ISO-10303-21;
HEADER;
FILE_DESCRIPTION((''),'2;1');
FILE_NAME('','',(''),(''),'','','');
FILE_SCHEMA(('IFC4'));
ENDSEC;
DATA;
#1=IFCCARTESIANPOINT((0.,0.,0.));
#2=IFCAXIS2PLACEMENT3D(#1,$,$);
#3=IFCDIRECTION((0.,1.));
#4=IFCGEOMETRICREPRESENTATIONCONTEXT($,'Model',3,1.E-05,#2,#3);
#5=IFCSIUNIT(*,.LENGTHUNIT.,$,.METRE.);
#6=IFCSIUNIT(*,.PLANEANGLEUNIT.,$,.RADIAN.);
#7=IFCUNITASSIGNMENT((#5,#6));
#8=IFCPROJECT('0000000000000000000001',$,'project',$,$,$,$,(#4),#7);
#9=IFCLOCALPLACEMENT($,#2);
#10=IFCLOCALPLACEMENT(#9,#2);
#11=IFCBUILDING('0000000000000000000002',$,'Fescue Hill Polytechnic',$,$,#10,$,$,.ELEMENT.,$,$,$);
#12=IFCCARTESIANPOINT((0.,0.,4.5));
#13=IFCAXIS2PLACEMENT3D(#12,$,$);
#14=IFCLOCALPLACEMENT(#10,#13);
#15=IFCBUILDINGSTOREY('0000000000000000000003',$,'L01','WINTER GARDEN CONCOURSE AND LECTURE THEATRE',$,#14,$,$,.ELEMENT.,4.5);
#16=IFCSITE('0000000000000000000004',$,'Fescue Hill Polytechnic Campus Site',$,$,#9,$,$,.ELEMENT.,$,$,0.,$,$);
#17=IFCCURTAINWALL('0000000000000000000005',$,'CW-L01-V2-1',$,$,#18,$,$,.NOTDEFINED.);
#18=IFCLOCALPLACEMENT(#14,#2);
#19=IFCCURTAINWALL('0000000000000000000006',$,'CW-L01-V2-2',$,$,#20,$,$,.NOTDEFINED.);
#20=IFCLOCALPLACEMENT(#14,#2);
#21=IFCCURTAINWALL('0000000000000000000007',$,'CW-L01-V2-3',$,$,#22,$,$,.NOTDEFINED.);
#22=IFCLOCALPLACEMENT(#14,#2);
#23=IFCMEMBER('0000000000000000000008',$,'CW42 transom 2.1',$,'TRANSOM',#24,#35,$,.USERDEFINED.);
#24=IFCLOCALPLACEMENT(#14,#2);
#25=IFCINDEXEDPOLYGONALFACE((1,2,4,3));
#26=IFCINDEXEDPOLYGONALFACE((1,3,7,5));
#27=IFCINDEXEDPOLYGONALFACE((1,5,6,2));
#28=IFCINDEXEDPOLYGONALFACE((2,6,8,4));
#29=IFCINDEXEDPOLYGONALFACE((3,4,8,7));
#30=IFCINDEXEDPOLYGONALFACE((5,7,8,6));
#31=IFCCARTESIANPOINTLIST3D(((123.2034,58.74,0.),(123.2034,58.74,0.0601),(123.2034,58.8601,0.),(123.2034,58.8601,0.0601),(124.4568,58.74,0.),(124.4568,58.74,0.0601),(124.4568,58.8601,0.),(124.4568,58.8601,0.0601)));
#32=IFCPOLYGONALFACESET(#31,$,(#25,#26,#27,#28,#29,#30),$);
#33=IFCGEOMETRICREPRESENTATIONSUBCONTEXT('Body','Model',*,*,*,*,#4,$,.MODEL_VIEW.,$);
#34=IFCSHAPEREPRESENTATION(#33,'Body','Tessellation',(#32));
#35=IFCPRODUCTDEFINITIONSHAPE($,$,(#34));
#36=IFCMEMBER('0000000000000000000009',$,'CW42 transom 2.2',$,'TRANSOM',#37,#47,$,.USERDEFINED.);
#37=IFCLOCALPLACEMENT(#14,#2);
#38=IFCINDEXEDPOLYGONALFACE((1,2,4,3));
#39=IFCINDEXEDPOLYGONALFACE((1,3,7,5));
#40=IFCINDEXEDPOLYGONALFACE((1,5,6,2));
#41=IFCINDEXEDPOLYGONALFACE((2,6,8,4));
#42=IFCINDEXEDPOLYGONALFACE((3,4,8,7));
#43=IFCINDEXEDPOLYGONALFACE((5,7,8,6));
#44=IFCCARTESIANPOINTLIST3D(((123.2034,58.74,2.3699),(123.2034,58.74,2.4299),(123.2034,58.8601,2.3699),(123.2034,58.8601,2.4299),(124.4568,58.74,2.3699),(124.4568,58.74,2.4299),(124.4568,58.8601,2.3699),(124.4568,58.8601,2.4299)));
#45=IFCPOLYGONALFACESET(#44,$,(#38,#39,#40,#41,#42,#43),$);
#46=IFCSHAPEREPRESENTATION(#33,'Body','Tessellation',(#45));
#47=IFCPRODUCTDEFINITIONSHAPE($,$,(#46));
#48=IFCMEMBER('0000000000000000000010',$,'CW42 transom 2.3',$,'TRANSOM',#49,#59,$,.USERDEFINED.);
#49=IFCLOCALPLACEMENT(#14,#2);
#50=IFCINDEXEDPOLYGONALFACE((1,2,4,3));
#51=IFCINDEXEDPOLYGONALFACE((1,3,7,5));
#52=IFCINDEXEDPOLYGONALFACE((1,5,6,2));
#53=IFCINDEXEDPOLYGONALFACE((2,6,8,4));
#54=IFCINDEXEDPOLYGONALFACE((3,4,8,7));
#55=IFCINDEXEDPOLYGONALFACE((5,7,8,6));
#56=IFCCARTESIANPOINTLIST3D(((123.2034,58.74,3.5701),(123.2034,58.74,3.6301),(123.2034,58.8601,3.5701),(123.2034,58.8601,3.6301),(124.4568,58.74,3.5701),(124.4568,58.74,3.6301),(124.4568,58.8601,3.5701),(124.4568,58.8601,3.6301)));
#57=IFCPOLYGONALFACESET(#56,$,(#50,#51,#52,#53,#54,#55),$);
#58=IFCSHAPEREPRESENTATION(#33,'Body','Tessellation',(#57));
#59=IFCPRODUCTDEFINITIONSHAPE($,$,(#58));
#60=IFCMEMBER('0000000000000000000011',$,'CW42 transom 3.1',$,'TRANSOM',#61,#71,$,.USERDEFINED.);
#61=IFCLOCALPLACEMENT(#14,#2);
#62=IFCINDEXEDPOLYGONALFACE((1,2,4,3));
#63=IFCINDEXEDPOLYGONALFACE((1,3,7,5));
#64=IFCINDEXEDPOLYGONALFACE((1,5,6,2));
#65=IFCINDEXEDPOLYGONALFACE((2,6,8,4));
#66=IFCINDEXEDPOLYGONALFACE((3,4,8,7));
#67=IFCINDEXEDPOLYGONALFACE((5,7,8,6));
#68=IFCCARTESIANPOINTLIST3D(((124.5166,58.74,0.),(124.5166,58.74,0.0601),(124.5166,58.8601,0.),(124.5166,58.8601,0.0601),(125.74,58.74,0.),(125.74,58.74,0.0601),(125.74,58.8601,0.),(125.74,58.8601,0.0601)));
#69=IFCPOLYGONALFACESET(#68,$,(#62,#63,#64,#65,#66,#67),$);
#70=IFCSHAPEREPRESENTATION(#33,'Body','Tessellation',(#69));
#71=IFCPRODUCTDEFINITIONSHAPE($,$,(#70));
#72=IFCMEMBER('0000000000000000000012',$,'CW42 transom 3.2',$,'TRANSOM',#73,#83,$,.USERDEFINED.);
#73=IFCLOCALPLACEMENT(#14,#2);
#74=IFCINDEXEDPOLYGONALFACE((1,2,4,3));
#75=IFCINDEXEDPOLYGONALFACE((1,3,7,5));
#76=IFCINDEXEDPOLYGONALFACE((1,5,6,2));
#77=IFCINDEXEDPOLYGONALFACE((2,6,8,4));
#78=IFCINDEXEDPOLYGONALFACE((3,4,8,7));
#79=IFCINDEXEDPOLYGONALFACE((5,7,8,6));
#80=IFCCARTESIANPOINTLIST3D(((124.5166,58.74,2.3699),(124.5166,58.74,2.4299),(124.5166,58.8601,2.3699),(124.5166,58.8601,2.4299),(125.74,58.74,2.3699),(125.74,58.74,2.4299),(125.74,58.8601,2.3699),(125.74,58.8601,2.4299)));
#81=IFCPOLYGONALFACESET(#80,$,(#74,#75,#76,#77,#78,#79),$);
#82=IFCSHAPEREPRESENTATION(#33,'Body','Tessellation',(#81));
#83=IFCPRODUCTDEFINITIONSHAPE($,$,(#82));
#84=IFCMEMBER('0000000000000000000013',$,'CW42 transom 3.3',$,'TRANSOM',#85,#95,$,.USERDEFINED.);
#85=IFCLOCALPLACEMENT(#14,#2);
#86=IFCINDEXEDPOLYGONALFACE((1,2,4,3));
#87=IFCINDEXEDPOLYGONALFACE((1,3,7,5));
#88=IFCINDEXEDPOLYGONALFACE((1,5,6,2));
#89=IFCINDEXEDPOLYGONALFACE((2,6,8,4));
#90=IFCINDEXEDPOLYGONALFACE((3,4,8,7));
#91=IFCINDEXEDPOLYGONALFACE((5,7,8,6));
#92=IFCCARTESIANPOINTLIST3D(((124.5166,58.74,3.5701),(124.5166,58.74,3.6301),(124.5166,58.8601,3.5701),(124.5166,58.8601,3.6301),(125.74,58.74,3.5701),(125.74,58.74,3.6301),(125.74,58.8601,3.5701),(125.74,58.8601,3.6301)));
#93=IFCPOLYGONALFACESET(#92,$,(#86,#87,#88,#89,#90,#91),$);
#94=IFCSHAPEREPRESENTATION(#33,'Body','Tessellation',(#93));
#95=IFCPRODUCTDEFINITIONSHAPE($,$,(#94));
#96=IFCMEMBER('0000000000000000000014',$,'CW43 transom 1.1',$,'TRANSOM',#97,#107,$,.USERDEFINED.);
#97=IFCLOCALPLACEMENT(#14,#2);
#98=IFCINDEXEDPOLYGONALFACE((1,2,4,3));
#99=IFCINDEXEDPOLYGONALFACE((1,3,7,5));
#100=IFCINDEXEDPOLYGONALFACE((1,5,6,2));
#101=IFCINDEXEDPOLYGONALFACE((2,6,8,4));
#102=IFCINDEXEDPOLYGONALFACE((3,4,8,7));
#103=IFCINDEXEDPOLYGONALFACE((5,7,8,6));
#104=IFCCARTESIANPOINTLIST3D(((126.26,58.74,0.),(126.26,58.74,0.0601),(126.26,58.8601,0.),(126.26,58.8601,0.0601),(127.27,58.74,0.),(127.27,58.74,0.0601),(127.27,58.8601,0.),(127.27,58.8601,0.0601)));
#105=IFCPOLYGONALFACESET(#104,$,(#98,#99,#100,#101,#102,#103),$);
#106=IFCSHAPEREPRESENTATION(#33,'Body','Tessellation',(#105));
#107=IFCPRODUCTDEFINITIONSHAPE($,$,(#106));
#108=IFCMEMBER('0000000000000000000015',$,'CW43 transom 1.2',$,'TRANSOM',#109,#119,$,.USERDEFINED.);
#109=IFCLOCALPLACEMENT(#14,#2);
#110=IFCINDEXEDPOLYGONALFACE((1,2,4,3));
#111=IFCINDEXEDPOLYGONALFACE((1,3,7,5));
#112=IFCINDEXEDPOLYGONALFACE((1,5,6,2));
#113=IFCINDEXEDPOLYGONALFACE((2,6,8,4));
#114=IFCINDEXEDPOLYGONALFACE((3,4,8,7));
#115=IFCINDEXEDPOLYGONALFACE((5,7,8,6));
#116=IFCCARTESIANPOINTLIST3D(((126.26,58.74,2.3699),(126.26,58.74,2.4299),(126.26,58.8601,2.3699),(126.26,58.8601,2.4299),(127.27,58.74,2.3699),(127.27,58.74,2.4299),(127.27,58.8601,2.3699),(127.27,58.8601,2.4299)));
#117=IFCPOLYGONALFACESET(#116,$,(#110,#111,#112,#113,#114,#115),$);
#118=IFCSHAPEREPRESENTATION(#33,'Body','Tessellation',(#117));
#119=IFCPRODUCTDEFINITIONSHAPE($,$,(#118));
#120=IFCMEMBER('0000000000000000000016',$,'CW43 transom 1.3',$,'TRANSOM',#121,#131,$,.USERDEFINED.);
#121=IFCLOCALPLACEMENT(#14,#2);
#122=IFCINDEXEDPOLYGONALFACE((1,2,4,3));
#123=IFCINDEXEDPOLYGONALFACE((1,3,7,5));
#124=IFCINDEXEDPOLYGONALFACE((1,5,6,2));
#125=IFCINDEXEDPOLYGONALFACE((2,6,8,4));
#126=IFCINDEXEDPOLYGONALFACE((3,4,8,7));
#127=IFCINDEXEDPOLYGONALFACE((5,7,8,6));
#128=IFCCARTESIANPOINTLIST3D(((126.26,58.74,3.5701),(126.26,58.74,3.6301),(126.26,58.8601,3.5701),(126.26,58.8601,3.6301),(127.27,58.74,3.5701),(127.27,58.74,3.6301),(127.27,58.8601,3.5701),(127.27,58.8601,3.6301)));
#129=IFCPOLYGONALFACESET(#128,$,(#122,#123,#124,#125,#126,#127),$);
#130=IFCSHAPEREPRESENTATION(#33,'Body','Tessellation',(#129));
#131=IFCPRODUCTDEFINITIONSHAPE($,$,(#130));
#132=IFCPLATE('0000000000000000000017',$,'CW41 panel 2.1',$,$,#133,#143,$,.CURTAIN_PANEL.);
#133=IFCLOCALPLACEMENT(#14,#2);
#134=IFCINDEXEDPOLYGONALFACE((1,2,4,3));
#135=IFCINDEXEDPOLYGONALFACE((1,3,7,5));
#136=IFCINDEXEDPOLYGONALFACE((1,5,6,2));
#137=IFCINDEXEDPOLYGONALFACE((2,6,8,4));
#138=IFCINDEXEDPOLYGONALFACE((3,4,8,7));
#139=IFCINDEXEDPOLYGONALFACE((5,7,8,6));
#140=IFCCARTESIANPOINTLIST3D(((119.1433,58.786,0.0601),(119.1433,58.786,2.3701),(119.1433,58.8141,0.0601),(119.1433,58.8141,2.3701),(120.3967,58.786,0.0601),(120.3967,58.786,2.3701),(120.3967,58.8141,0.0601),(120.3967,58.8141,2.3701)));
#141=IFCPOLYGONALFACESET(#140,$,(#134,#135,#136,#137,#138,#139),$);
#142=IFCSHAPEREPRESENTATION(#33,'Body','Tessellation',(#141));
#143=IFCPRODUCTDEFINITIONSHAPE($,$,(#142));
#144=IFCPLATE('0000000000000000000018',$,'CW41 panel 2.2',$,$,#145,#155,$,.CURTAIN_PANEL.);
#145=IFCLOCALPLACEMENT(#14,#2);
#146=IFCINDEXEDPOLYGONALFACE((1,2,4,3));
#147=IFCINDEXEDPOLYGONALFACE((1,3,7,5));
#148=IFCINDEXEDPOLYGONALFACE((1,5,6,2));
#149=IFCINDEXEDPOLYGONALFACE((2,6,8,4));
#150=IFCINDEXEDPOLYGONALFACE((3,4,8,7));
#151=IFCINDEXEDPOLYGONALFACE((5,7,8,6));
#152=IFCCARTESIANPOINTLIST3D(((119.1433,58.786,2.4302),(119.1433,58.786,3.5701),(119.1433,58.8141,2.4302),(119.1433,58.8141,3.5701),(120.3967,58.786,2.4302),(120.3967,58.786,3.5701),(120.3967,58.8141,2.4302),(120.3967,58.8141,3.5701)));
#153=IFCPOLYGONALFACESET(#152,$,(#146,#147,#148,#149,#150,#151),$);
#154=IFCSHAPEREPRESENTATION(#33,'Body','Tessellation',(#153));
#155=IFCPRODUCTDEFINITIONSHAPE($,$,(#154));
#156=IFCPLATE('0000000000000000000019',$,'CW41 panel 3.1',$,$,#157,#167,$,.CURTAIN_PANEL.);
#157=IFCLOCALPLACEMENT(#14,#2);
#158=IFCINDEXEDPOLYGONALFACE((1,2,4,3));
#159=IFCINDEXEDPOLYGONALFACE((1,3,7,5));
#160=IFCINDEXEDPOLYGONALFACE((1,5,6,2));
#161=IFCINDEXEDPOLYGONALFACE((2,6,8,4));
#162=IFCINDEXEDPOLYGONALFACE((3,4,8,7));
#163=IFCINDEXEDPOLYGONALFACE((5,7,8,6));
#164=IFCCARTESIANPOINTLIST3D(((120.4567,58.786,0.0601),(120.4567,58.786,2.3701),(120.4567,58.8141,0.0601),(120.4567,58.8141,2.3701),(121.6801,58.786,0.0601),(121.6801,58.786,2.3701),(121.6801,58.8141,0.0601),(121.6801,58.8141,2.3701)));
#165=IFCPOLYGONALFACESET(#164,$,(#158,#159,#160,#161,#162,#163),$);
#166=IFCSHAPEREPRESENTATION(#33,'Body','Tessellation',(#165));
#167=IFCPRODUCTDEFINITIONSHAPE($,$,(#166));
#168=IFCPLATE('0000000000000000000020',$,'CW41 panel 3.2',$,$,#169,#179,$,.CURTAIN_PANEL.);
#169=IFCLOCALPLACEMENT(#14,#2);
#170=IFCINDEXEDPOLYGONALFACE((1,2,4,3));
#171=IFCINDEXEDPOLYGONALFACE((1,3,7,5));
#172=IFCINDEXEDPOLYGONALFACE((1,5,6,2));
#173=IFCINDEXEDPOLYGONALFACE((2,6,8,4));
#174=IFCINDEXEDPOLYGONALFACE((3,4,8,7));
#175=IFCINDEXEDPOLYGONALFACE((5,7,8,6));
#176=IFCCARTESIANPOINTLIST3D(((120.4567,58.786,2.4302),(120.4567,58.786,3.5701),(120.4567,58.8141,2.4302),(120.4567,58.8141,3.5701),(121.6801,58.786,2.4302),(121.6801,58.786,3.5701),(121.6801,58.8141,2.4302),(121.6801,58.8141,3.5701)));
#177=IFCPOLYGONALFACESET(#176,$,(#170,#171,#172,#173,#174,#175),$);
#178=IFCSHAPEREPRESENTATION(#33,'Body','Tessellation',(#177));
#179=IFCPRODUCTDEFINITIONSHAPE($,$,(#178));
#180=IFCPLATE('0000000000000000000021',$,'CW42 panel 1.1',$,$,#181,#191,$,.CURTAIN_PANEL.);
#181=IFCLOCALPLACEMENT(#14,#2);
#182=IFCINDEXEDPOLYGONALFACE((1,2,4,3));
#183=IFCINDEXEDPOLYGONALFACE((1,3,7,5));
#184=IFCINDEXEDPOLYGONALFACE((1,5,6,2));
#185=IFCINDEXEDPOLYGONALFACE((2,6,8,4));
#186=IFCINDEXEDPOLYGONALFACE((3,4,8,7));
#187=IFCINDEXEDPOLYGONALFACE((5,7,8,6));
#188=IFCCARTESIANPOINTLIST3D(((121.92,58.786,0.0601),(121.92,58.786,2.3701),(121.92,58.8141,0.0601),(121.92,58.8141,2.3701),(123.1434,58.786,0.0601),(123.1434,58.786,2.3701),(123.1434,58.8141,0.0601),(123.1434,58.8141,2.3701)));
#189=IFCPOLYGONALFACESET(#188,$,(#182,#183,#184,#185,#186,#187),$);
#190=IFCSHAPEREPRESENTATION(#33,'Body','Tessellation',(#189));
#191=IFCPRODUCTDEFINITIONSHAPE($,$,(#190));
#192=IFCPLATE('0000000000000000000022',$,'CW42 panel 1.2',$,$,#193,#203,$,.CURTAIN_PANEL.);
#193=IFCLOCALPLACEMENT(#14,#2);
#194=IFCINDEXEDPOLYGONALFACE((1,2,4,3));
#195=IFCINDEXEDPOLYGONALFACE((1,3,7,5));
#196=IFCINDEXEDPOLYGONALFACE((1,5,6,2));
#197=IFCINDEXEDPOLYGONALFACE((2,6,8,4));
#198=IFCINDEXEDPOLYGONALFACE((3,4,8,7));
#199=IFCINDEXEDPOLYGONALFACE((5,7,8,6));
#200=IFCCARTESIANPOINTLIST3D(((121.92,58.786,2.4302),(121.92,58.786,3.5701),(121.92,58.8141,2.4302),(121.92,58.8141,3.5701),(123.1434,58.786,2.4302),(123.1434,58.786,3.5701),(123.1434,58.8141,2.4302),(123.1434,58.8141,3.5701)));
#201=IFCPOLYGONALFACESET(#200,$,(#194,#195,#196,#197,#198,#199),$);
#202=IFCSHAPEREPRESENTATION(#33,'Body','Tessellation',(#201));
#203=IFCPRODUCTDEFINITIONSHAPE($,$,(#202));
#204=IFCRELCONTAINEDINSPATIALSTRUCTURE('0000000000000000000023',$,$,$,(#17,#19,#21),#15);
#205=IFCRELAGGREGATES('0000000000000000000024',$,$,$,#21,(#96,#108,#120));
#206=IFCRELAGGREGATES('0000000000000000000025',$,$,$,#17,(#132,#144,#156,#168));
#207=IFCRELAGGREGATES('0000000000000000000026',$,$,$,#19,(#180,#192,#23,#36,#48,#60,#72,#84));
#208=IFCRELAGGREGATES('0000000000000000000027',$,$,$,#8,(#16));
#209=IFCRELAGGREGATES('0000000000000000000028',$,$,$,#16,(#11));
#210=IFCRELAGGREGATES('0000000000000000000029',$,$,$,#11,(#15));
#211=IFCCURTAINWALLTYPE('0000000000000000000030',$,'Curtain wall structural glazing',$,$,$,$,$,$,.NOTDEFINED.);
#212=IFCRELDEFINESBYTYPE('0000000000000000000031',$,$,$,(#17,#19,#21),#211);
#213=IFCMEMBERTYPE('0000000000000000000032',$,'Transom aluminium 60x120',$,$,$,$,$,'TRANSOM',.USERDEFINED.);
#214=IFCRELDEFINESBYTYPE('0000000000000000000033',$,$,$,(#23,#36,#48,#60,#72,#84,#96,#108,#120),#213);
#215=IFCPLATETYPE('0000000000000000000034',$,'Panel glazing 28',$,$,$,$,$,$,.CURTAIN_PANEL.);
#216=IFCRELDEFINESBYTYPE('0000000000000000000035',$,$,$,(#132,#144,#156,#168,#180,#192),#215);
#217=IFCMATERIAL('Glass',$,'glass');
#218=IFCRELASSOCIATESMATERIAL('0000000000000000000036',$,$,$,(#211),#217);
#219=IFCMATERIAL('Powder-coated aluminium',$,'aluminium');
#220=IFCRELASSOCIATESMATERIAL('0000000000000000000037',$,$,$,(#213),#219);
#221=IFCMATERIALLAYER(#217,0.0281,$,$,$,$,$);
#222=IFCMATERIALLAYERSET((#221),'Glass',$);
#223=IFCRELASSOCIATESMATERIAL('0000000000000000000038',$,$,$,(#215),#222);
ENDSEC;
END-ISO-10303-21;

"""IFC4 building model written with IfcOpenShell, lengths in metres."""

from ifc_helpers import new_model, si_unit, direction, frame, origin, origin_2d, place, context, subcontext, project, spatial, rectangle, extrude, material, layer, layer_set, material_profile, profile_set, type_object, element, aggregate, save


model = new_model("IFC4")

# Units and contexts
model_context = context("Model", 3, precision=1e-05, world=origin(), true_north=direction((0.0, 1.0)))
body_context = subcontext(model_context, "Body", "Model", "MODEL_VIEW")
ifc_project = project(units=[si_unit("LENGTHUNIT", "METRE"), si_unit("PLANEANGLEUNIT", "RADIAN")], contexts=[model_context])

# Site, building, storey
site_placement = place(None, origin())
site = spatial("IfcSite", under=ifc_project, at=site_placement, Name="Fescue Hill Polytechnic Campus Site", CompositionType="ELEMENT", RefElevation=0.0)
building_placement = place(site_placement, origin())
building = spatial("IfcBuilding", under=site, at=building_placement, Name="Fescue Hill Polytechnic", CompositionType="ELEMENT")
storey_placement = place(building_placement, frame((0.0, 0.0, 4.5)))
storey = spatial("IfcBuildingStorey", under=building, at=storey_placement, Name="L01", Description="WINTER GARDEN CONCOURSE AND LECTURE THEATRE", CompositionType="ELEMENT", Elevation=4.5)

# Curtain walls
ifc_material_1 = material(Name="Glass", Category="glass")
curtain_wall_type = type_object("IfcCurtainWallType", Name="Curtain wall structural glazing", PredefinedType="NOTDEFINED", material=ifc_material_1)
curtain_wall_1_placement = place(storey_placement, origin())
curtain_wall_1 = element("IfcCurtainWall", 1, at=curtain_wall_1_placement, inside=storey, type_object=curtain_wall_type, Name="CW-L01-V2-1", PredefinedType="NOTDEFINED")
ifc_material_2 = material(Name="Powder-coated aluminium", Category="aluminium")
curtain_wall_2_placement = place(storey_placement, origin())
curtain_wall_2 = element("IfcCurtainWall", 2, at=curtain_wall_2_placement, inside=storey, type_object=curtain_wall_type, Name="CW-L01-V2-2", PredefinedType="NOTDEFINED")

# Curtain wall
curtain_wall_3_placement = place(storey_placement, origin())
curtain_wall_3 = element("IfcCurtainWall", 3, at=curtain_wall_3_placement, inside=storey, type_object=curtain_wall_type, Name="CW-L01-V2-3", PredefinedType="NOTDEFINED")

# Members
ifc_material_profile_1 = material_profile(ifc_material_2, rectangle(XDim=0.1201, YDim=0.0601, at=origin_2d()), Name="Transom aluminium 60x120")
ifc_profile_set_1 = profile_set([ifc_material_profile_1], Name="Powder-coated aluminium")
member_type_1 = type_object("IfcMemberType", Name="Transom aluminium 60x120", ElementType="TRANSOM", PredefinedType="USERDEFINED", material=ifc_profile_set_1)
member_1_placement = place(storey_placement, frame((123.2034, 58.8, 0.03), z_axis=(1.0, 0.0, 0.0), x_axis=(0.0, 1.0, 0.0)))
member_1 = element("IfcMember", 4, at=member_1_placement, type_object=member_type_1, Name="CW42 transom 2.1", ObjectType="TRANSOM", PredefinedType="USERDEFINED", context=body_context, shape_type="SweptSolid", body=[
    extrude(rectangle(XDim=0.1201, YDim=0.0601, at=origin_2d()), origin(), (0.0, 0.0, 1.0), 1.2534),
])
member_2_placement = place(storey_placement, frame((123.2034, 58.8, 2.3999), z_axis=(1.0, 0.0, 0.0), x_axis=(0.0, 1.0, 0.0)))
member_2 = element("IfcMember", 5, at=member_2_placement, type_object=member_type_1, Name="CW42 transom 2.2", ObjectType="TRANSOM", PredefinedType="USERDEFINED", context=body_context, shape_type="SweptSolid", body=[
    extrude(rectangle(XDim=0.1201, YDim=0.0601, at=origin_2d()), origin(), (0.0, 0.0, 1.0), 1.2534),
])
member_3_placement = place(storey_placement, frame((123.2034, 58.8, 3.6001), z_axis=(1.0, 0.0, 0.0), x_axis=(0.0, 1.0, 0.0)))
member_3 = element("IfcMember", 6, at=member_3_placement, type_object=member_type_1, Name="CW42 transom 2.3", ObjectType="TRANSOM", PredefinedType="USERDEFINED", context=body_context, shape_type="SweptSolid", body=[
    extrude(rectangle(XDim=0.1201, YDim=0.0601, at=origin_2d()), origin(), (0.0, 0.0, 1.0), 1.2534),
])
member_4_placement = place(storey_placement, frame((124.5166, 58.8, 0.03), z_axis=(1.0, 0.0, 0.0), x_axis=(0.0, 1.0, 0.0)))
member_4 = element("IfcMember", 7, at=member_4_placement, type_object=member_type_1, Name="CW42 transom 3.1", ObjectType="TRANSOM", PredefinedType="USERDEFINED", context=body_context, shape_type="SweptSolid", body=[
    extrude(rectangle(XDim=0.1201, YDim=0.0601, at=origin_2d()), origin(), (0.0, 0.0, 1.0), 1.2234),
])
member_5_placement = place(storey_placement, frame((124.5166, 58.8, 2.3999), z_axis=(1.0, 0.0, 0.0), x_axis=(0.0, 1.0, 0.0)))
member_5 = element("IfcMember", 8, at=member_5_placement, type_object=member_type_1, Name="CW42 transom 3.2", ObjectType="TRANSOM", PredefinedType="USERDEFINED", context=body_context, shape_type="SweptSolid", body=[
    extrude(rectangle(XDim=0.1201, YDim=0.0601, at=origin_2d()), origin(), (0.0, 0.0, 1.0), 1.2234),
])
member_6_placement = place(storey_placement, frame((124.5166, 58.8, 3.6001), z_axis=(1.0, 0.0, 0.0), x_axis=(0.0, 1.0, 0.0)))
member_6 = element("IfcMember", 9, at=member_6_placement, type_object=member_type_1, Name="CW42 transom 3.3", ObjectType="TRANSOM", PredefinedType="USERDEFINED", context=body_context, shape_type="SweptSolid", body=[
    extrude(rectangle(XDim=0.1201, YDim=0.0601, at=origin_2d()), origin(), (0.0, 0.0, 1.0), 1.2234),
])
member_7_placement = place(storey_placement, frame((126.26, 58.8, 0.03), z_axis=(1.0, 0.0, 0.0), x_axis=(0.0, 1.0, 0.0)))
member_7 = element("IfcMember", 10, at=member_7_placement, type_object=member_type_1, Name="CW43 transom 1.1", ObjectType="TRANSOM", PredefinedType="USERDEFINED", context=body_context, shape_type="SweptSolid", body=[
    extrude(rectangle(XDim=0.1201, YDim=0.0601, at=origin_2d()), origin(), (0.0, 0.0, 1.0), 1.01),
])
member_8_placement = place(storey_placement, frame((126.26, 58.8, 2.3999), z_axis=(1.0, 0.0, 0.0), x_axis=(0.0, 1.0, 0.0)))
member_8 = element("IfcMember", 11, at=member_8_placement, type_object=member_type_1, Name="CW43 transom 1.2", ObjectType="TRANSOM", PredefinedType="USERDEFINED", context=body_context, shape_type="SweptSolid", body=[
    extrude(rectangle(XDim=0.1201, YDim=0.0601, at=origin_2d()), origin(), (0.0, 0.0, 1.0), 1.01),
])
member_9_placement = place(storey_placement, frame((126.26, 58.8, 3.6001), z_axis=(1.0, 0.0, 0.0), x_axis=(0.0, 1.0, 0.0)))
member_9 = element("IfcMember", 12, at=member_9_placement, type_object=member_type_1, Name="CW43 transom 1.3", ObjectType="TRANSOM", PredefinedType="USERDEFINED", context=body_context, shape_type="SweptSolid", body=[
    extrude(rectangle(XDim=0.1201, YDim=0.0601, at=origin_2d()), origin(), (0.0, 0.0, 1.0), 1.01),
])
aggregate(curtain_wall_3, [member_7, member_8, member_9])

# Plates
ifc_layer_1 = layer(ifc_material_1, 0.0281)
ifc_layer_set_1 = layer_set([ifc_layer_1], Name="Glass")
plate_type = type_object("IfcPlateType", Name="Panel glazing 28", PredefinedType="CURTAIN_PANEL", material=ifc_layer_set_1)
plate_1_placement = place(storey_placement, frame((119.77, 58.8, 0.0601), z_axis=(0.0, 0.0, 1.0), x_axis=(1.0, 0.0, 0.0)))
plate_1 = element("IfcPlate", 13, at=plate_1_placement, type_object=plate_type, Name="CW41 panel 2.1", PredefinedType="CURTAIN_PANEL", context=body_context, shape_type="SweptSolid", body=[
    extrude(rectangle(XDim=1.2534, YDim=0.0281, at=origin_2d()), origin(), (0.0, 0.0, 1.0), 2.3101),
])
plate_2_placement = place(storey_placement, frame((119.77, 58.8, 2.4302), z_axis=(0.0, 0.0, 1.0), x_axis=(1.0, 0.0, 0.0)))
plate_2 = element("IfcPlate", 14, at=plate_2_placement, type_object=plate_type, Name="CW41 panel 2.2", PredefinedType="CURTAIN_PANEL", context=body_context, shape_type="SweptSolid", body=[
    extrude(rectangle(XDim=1.2534, YDim=0.0281, at=origin_2d()), origin(), (0.0, 0.0, 1.0), 1.1399),
])
plate_3_placement = place(storey_placement, frame((121.0684, 58.8, 0.0601), z_axis=(0.0, 0.0, 1.0), x_axis=(1.0, 0.0, 0.0)))
plate_3 = element("IfcPlate", 15, at=plate_3_placement, type_object=plate_type, Name="CW41 panel 3.1", PredefinedType="CURTAIN_PANEL", context=body_context, shape_type="SweptSolid", body=[
    extrude(rectangle(XDim=1.2234, YDim=0.0281, at=origin_2d()), origin(), (0.0, 0.0, 1.0), 2.3101),
])
plate_4_placement = place(storey_placement, frame((121.0684, 58.8, 2.4302), z_axis=(0.0, 0.0, 1.0), x_axis=(1.0, 0.0, 0.0)))
plate_4 = element("IfcPlate", 16, at=plate_4_placement, type_object=plate_type, Name="CW41 panel 3.2", PredefinedType="CURTAIN_PANEL", context=body_context, shape_type="SweptSolid", body=[
    extrude(rectangle(XDim=1.2234, YDim=0.0281, at=origin_2d()), origin(), (0.0, 0.0, 1.0), 1.1399),
])
aggregate(curtain_wall_1, [plate_1, plate_2, plate_3, plate_4])
plate_5_placement = place(storey_placement, frame((122.5317, 58.8, 0.0601), z_axis=(0.0, 0.0, 1.0), x_axis=(1.0, 0.0, 0.0)))
plate_5 = element("IfcPlate", 17, at=plate_5_placement, type_object=plate_type, Name="CW42 panel 1.1", PredefinedType="CURTAIN_PANEL", context=body_context, shape_type="SweptSolid", body=[
    extrude(rectangle(XDim=1.2234, YDim=0.0281, at=origin_2d()), origin(), (0.0, 0.0, 1.0), 2.3101),
])
plate_6_placement = place(storey_placement, frame((122.5317, 58.8, 2.4302), z_axis=(0.0, 0.0, 1.0), x_axis=(1.0, 0.0, 0.0)))
plate_6 = element("IfcPlate", 18, at=plate_6_placement, type_object=plate_type, Name="CW42 panel 1.2", PredefinedType="CURTAIN_PANEL", context=body_context, shape_type="SweptSolid", body=[
    extrude(rectangle(XDim=1.2234, YDim=0.0281, at=origin_2d()), origin(), (0.0, 0.0, 1.0), 1.1399),
])
aggregate(curtain_wall_2, [plate_5, plate_6, member_1, member_2, member_3, member_4, member_5, member_6])

save(model, "model.ifc")
